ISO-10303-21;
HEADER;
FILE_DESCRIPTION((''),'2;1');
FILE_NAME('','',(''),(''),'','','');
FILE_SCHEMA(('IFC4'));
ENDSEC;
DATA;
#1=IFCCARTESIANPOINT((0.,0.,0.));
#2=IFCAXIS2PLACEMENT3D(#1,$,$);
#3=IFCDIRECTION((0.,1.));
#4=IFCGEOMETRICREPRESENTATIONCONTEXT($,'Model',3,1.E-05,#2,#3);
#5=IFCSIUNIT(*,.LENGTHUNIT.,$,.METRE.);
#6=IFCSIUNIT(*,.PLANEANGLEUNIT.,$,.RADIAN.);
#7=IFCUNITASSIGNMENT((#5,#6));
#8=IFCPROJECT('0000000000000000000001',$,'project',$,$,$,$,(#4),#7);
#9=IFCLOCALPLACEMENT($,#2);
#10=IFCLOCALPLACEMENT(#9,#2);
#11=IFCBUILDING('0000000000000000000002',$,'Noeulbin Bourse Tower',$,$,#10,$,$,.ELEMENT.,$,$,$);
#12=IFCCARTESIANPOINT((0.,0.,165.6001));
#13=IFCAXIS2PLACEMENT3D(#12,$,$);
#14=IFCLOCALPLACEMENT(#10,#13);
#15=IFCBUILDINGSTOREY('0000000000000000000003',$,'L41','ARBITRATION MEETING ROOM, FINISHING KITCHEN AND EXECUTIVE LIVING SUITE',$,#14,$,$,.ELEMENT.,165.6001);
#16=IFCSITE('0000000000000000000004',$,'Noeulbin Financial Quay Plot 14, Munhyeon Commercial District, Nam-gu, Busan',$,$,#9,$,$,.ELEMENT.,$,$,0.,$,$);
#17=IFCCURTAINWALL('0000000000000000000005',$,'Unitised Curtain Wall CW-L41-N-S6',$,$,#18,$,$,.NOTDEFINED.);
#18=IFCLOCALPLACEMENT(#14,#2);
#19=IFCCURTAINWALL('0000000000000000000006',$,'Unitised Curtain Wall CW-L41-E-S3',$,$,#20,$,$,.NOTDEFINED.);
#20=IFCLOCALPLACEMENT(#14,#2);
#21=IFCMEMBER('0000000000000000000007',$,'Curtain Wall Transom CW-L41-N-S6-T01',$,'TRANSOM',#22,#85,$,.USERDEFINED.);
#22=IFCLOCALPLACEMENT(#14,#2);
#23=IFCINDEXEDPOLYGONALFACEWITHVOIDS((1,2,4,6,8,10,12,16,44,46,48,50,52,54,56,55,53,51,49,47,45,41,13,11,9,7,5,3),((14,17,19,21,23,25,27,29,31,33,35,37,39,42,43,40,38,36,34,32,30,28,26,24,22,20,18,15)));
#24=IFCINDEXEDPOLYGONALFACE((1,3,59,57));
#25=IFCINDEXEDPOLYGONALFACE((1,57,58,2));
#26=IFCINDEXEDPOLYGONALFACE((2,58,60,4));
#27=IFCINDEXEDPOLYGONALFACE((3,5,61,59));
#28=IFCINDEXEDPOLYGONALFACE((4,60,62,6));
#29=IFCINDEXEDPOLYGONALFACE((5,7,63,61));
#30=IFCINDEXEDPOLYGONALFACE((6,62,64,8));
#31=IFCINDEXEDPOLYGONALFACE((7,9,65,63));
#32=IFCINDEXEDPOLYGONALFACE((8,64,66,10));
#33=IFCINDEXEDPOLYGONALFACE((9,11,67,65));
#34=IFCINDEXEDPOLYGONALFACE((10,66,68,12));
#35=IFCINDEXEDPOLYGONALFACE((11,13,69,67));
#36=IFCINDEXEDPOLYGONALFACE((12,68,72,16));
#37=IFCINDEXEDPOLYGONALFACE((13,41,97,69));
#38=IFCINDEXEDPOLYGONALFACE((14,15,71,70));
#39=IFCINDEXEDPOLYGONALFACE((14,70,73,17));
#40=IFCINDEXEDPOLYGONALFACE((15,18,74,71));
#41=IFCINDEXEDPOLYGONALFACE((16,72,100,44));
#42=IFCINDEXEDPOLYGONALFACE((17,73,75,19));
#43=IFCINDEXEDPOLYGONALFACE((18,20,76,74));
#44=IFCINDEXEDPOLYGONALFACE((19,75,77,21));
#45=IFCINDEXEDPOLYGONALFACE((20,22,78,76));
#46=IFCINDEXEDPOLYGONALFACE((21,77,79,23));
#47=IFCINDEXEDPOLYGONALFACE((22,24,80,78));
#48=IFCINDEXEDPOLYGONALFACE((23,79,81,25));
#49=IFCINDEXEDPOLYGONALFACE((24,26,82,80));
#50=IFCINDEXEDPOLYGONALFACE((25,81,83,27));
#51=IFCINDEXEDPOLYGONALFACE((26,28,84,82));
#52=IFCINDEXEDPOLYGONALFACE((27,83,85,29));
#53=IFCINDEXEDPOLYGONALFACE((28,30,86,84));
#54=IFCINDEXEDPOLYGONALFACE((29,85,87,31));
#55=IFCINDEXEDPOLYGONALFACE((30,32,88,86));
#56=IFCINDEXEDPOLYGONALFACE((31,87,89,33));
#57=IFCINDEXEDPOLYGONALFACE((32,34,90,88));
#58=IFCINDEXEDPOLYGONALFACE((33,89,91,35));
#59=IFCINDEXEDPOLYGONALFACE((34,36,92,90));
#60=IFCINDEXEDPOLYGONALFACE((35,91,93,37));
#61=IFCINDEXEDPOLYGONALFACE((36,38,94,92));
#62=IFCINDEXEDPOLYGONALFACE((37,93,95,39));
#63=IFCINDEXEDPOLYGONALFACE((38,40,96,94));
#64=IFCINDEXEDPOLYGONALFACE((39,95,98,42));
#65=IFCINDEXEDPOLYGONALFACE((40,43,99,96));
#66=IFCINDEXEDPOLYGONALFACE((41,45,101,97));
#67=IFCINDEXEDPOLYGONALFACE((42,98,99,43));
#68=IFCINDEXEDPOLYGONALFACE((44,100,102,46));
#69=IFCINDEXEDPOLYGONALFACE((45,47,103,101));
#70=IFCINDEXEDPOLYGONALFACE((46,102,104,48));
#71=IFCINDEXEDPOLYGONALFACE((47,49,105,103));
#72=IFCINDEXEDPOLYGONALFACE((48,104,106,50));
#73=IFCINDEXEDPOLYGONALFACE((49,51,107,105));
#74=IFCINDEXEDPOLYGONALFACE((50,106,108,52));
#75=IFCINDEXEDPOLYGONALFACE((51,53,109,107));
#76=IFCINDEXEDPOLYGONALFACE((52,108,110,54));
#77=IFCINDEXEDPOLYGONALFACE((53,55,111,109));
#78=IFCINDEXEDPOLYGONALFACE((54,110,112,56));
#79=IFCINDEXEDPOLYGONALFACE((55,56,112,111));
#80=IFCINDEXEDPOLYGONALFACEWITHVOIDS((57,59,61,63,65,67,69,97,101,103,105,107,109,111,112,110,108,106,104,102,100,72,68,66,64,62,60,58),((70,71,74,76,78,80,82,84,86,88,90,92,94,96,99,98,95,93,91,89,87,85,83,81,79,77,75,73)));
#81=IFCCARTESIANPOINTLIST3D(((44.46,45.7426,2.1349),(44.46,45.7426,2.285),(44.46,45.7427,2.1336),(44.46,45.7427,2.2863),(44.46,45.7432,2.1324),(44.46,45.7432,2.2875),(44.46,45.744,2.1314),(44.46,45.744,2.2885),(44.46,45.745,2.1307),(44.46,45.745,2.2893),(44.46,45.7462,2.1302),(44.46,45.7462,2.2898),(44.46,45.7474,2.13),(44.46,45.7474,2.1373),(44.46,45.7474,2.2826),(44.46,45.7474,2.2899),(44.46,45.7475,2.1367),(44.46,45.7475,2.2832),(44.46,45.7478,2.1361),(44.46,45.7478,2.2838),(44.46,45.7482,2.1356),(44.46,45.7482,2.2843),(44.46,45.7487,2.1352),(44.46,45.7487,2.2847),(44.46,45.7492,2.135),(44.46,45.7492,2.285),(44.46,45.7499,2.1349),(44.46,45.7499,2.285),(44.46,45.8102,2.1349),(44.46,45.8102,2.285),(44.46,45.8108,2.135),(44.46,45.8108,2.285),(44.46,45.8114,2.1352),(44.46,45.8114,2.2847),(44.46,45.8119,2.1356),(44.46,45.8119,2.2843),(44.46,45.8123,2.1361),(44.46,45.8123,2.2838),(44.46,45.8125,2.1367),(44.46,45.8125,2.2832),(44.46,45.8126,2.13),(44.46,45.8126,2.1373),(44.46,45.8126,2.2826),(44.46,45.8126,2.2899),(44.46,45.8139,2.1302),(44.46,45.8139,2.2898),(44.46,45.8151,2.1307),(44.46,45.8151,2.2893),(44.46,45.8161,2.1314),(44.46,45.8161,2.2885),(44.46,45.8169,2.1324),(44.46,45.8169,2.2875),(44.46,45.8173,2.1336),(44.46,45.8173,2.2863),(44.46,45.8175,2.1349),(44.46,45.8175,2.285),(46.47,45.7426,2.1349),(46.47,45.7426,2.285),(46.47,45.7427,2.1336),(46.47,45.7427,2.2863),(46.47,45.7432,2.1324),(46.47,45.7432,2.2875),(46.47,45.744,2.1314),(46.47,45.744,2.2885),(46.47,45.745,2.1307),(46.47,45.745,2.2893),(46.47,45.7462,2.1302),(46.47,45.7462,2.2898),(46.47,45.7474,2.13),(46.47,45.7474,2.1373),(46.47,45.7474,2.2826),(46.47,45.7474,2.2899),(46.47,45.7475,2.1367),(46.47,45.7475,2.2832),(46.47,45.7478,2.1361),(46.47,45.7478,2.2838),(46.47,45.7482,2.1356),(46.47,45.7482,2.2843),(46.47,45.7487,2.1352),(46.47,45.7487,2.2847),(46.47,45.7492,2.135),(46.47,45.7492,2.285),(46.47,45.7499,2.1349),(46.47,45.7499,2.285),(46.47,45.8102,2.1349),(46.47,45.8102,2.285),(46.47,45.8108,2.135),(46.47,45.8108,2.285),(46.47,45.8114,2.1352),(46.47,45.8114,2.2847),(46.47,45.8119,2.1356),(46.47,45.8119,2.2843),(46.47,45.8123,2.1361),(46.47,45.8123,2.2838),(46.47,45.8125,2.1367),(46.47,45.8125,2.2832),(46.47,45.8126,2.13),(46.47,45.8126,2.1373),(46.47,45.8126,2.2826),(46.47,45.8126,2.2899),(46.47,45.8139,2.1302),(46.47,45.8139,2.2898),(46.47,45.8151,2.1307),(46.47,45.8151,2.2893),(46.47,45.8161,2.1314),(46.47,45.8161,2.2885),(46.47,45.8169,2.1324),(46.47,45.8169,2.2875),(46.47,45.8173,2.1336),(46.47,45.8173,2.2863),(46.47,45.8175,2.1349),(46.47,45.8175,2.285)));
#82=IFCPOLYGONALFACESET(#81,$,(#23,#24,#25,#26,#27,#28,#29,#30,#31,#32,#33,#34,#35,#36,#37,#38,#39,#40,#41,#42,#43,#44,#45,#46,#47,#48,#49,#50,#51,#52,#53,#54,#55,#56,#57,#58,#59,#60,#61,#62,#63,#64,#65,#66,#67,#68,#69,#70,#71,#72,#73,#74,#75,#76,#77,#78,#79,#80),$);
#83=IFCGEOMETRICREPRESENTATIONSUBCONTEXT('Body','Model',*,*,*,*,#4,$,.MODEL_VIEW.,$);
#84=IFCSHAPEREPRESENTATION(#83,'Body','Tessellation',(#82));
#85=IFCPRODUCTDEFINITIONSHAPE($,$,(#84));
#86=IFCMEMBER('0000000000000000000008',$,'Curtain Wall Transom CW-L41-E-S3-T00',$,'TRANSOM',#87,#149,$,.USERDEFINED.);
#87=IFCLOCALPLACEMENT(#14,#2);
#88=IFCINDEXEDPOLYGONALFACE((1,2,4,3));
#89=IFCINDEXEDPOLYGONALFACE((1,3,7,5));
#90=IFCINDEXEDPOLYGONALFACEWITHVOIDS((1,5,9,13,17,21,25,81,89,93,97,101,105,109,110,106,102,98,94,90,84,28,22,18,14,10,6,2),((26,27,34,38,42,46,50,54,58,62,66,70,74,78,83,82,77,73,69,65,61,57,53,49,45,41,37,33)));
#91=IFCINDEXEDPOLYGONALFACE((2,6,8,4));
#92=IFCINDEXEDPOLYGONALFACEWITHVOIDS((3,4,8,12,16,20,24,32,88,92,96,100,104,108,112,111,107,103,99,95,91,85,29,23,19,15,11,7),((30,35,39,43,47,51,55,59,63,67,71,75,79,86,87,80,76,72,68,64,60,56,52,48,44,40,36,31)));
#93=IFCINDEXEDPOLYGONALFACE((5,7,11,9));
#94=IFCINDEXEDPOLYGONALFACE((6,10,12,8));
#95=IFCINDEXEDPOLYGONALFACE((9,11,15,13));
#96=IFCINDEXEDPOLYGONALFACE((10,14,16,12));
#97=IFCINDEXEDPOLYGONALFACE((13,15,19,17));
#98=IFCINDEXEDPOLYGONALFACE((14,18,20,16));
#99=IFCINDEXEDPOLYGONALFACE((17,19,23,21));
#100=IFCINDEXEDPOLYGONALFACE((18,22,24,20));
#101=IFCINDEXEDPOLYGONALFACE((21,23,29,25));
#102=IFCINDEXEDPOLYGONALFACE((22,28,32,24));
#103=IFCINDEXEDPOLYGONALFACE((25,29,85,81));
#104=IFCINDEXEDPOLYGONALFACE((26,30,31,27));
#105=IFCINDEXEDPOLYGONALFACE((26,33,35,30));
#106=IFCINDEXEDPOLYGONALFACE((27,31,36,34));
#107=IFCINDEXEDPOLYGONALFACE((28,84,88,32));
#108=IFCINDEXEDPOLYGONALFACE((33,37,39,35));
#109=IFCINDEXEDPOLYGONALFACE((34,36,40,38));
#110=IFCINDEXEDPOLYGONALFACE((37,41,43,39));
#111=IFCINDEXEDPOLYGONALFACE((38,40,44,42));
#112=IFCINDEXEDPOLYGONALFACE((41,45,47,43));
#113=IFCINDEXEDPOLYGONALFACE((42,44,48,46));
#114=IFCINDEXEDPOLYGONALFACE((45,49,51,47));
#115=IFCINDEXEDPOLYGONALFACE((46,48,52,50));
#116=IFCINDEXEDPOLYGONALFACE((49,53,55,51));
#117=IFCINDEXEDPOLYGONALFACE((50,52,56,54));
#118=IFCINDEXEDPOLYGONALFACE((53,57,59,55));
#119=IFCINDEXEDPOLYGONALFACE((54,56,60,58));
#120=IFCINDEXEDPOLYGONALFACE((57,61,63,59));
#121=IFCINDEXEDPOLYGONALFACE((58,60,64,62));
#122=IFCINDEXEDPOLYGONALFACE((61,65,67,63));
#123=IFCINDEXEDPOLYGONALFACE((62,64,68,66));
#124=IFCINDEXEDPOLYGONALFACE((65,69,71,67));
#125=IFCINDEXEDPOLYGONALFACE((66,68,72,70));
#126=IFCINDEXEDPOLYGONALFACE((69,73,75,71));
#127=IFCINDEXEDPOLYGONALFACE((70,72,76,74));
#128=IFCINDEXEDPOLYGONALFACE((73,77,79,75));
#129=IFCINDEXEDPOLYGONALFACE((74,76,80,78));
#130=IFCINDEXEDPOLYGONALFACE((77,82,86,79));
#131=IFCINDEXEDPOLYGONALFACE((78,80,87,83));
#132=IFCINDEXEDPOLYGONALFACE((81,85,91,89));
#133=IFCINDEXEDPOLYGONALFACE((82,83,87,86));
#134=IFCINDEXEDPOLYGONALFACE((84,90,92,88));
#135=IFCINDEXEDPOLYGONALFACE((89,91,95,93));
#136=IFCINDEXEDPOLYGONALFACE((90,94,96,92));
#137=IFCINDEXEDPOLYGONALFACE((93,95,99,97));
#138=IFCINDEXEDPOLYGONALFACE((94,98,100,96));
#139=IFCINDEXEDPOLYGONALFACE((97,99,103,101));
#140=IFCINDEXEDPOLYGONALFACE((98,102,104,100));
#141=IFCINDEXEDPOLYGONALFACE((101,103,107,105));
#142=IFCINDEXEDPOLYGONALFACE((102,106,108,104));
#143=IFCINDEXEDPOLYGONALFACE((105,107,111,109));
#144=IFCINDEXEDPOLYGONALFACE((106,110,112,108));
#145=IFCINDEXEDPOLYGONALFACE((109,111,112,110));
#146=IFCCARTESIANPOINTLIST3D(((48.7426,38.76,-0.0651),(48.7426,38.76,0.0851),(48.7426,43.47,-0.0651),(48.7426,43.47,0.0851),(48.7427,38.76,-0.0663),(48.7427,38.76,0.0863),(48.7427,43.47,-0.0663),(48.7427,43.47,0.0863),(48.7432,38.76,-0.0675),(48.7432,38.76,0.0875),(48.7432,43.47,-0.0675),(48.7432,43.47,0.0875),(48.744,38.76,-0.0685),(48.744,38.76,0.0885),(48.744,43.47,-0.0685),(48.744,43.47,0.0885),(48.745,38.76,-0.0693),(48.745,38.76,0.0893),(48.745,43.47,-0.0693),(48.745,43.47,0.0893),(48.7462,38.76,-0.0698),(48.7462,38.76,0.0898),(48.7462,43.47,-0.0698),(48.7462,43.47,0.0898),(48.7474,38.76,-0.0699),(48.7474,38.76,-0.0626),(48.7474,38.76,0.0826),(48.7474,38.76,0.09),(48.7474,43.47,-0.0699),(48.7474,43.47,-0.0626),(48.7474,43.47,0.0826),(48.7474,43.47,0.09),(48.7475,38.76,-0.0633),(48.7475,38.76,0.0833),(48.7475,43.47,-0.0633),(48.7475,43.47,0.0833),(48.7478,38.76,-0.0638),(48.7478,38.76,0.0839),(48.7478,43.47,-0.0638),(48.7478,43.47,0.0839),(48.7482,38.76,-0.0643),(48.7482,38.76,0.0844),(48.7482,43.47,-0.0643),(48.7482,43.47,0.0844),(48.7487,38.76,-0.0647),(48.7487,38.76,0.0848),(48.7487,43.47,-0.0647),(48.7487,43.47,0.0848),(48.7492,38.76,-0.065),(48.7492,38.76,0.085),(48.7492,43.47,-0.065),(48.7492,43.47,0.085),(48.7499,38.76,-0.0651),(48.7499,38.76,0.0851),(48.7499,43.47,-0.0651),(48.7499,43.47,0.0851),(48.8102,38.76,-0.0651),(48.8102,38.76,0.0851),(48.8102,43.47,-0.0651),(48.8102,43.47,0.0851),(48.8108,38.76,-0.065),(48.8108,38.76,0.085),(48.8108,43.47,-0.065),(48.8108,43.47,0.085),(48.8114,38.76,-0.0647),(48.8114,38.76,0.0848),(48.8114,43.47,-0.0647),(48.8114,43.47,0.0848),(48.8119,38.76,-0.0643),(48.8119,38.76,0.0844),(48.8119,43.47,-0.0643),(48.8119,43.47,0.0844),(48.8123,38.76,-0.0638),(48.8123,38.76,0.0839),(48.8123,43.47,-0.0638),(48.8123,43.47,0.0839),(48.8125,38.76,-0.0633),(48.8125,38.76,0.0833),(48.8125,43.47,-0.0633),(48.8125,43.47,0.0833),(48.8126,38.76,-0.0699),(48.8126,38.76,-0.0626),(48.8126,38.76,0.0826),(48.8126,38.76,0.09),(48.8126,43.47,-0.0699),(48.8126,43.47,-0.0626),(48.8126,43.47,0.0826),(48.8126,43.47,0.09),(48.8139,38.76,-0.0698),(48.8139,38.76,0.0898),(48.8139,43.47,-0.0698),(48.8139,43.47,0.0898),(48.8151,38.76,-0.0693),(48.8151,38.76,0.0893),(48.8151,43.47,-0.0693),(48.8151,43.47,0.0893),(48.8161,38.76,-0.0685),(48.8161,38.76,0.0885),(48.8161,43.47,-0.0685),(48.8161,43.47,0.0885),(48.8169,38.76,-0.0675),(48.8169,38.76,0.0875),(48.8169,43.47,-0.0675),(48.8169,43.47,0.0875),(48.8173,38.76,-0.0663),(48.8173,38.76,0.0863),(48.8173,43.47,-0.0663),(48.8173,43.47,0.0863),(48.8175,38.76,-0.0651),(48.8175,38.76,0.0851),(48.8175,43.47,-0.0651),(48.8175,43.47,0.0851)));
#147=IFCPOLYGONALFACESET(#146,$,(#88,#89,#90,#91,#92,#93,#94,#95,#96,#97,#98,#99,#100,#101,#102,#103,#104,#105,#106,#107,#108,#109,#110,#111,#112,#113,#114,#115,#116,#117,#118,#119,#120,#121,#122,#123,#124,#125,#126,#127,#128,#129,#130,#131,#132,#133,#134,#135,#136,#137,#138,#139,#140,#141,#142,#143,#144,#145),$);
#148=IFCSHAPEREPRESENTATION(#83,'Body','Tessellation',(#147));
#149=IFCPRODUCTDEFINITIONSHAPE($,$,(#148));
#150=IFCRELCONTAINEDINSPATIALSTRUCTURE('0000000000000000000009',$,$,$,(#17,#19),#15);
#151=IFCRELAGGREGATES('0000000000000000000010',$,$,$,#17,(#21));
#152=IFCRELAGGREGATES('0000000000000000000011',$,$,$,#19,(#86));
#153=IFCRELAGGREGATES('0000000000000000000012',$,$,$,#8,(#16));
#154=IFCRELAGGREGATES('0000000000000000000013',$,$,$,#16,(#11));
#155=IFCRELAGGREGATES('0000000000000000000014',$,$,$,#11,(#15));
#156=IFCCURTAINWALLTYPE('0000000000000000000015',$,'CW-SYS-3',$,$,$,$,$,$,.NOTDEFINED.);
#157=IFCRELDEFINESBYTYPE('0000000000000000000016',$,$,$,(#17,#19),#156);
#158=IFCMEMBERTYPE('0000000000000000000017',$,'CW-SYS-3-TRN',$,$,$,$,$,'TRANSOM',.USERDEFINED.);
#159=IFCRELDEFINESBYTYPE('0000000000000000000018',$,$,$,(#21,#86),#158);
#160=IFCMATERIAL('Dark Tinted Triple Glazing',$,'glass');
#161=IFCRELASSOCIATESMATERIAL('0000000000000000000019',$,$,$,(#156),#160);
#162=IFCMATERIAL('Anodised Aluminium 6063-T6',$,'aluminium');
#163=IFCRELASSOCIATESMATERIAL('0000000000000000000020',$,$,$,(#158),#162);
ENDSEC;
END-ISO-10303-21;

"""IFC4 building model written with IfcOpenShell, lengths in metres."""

from ifc_helpers import new_model, si_unit, direction, frame, origin, origin_2d, place, context, subcontext, project, spatial, hollow_rectangle, extrude, material, material_profile, profile_set, type_object, element, aggregate, save


model = new_model("IFC4")

# Units and contexts
model_context = context("Model", 3, precision=1e-05, world=origin(), true_north=direction((0.0, 1.0)))
body_context = subcontext(model_context, "Body", "Model", "MODEL_VIEW")
ifc_project = project(units=[si_unit("LENGTHUNIT", "METRE"), si_unit("PLANEANGLEUNIT", "RADIAN")], contexts=[model_context])

# Site, building, storey
site_placement = place(None, origin())
site = spatial("IfcSite", under=ifc_project, at=site_placement, Name="Noeulbin Financial Quay Plot 14, Munhyeon Commercial District, Nam-gu, Busan", CompositionType="ELEMENT", RefElevation=0.0)
building_placement = place(site_placement, origin())
building = spatial("IfcBuilding", under=site, at=building_placement, Name="Noeulbin Bourse Tower", CompositionType="ELEMENT")
storey_placement = place(building_placement, frame((0.0, 0.0, 165.6001)))
storey = spatial("IfcBuildingStorey", under=building, at=storey_placement, Name="L41", Description="ARBITRATION MEETING ROOM, FINISHING KITCHEN AND EXECUTIVE LIVING SUITE", CompositionType="ELEMENT", Elevation=165.6001)

# Shared definitions
ifc_material_1 = material(Name="Dark Tinted Triple Glazing", Category="glass")
curtain_wall_type = type_object("IfcCurtainWallType", Name="CW-SYS-3", PredefinedType="NOTDEFINED", material=ifc_material_1)
ifc_material_2 = material(Name="Anodised Aluminium 6063-T6", Category="aluminium")

# Curtain walls
curtain_wall_1_placement = place(storey_placement, origin())
curtain_wall_1 = element("IfcCurtainWall", 1, at=curtain_wall_1_placement, inside=storey, type_object=curtain_wall_type, Name="Unitised Curtain Wall CW-L41-N-S6", PredefinedType="NOTDEFINED")
curtain_wall_2_placement = place(storey_placement, origin())
curtain_wall_2 = element("IfcCurtainWall", 2, at=curtain_wall_2_placement, inside=storey, type_object=curtain_wall_type, Name="Unitised Curtain Wall CW-L41-E-S3", PredefinedType="NOTDEFINED")

# Members
ifc_material_profile_1 = material_profile(ifc_material_2, hollow_rectangle(XDim=0.075, YDim=0.1599, WallThickness=0.0049, InnerFilletRadius=0.0024, OuterFilletRadius=0.0049, at=origin_2d()), Name="ALU-TRAN-75x160x5", Category="LoadBearing")
ifc_profile_set_1 = profile_set([ifc_material_profile_1], Name="Anodised Aluminium 6063-T6")
member_type_1 = type_object("IfcMemberType", Name="CW-SYS-3-TRN", ElementType="TRANSOM", PredefinedType="USERDEFINED", material=ifc_profile_set_1)
member_1_placement = place(storey_placement, frame((44.46, 45.78, 2.21), z_axis=(1.0, 0.0, 0.0), x_axis=(0.0, 1.0, 0.0)))
member_1 = element("IfcMember", 3, at=member_1_placement, type_object=member_type_1, Name="Curtain Wall Transom CW-L41-N-S6-T01", ObjectType="TRANSOM", PredefinedType="USERDEFINED", context=body_context, shape_type="SweptSolid", body=[
    extrude(hollow_rectangle(XDim=0.075, YDim=0.1599, WallThickness=0.0049, InnerFilletRadius=0.0024, OuterFilletRadius=0.0049, at=origin_2d()), origin(), (0.0, 0.0, 1.0), 2.01),
])
member_2_placement = place(storey_placement, frame((48.78, 38.76, 0.01), z_axis=(0.0, 1.0, 0.0), x_axis=(-1.0, 0.0, 0.0)))
member_2 = element("IfcMember", 4, at=member_2_placement, type_object=member_type_1, Name="Curtain Wall Transom CW-L41-E-S3-T00", ObjectType="TRANSOM", PredefinedType="USERDEFINED", context=body_context, shape_type="SweptSolid", body=[
    extrude(hollow_rectangle(XDim=0.075, YDim=0.1599, WallThickness=0.0049, InnerFilletRadius=0.0024, OuterFilletRadius=0.0049, at=origin_2d()), origin(), (0.0, 0.0, 1.0), 4.71),
])

aggregate(curtain_wall_1, [member_1])
aggregate(curtain_wall_2, [member_2])

save(model, "model.ifc")
